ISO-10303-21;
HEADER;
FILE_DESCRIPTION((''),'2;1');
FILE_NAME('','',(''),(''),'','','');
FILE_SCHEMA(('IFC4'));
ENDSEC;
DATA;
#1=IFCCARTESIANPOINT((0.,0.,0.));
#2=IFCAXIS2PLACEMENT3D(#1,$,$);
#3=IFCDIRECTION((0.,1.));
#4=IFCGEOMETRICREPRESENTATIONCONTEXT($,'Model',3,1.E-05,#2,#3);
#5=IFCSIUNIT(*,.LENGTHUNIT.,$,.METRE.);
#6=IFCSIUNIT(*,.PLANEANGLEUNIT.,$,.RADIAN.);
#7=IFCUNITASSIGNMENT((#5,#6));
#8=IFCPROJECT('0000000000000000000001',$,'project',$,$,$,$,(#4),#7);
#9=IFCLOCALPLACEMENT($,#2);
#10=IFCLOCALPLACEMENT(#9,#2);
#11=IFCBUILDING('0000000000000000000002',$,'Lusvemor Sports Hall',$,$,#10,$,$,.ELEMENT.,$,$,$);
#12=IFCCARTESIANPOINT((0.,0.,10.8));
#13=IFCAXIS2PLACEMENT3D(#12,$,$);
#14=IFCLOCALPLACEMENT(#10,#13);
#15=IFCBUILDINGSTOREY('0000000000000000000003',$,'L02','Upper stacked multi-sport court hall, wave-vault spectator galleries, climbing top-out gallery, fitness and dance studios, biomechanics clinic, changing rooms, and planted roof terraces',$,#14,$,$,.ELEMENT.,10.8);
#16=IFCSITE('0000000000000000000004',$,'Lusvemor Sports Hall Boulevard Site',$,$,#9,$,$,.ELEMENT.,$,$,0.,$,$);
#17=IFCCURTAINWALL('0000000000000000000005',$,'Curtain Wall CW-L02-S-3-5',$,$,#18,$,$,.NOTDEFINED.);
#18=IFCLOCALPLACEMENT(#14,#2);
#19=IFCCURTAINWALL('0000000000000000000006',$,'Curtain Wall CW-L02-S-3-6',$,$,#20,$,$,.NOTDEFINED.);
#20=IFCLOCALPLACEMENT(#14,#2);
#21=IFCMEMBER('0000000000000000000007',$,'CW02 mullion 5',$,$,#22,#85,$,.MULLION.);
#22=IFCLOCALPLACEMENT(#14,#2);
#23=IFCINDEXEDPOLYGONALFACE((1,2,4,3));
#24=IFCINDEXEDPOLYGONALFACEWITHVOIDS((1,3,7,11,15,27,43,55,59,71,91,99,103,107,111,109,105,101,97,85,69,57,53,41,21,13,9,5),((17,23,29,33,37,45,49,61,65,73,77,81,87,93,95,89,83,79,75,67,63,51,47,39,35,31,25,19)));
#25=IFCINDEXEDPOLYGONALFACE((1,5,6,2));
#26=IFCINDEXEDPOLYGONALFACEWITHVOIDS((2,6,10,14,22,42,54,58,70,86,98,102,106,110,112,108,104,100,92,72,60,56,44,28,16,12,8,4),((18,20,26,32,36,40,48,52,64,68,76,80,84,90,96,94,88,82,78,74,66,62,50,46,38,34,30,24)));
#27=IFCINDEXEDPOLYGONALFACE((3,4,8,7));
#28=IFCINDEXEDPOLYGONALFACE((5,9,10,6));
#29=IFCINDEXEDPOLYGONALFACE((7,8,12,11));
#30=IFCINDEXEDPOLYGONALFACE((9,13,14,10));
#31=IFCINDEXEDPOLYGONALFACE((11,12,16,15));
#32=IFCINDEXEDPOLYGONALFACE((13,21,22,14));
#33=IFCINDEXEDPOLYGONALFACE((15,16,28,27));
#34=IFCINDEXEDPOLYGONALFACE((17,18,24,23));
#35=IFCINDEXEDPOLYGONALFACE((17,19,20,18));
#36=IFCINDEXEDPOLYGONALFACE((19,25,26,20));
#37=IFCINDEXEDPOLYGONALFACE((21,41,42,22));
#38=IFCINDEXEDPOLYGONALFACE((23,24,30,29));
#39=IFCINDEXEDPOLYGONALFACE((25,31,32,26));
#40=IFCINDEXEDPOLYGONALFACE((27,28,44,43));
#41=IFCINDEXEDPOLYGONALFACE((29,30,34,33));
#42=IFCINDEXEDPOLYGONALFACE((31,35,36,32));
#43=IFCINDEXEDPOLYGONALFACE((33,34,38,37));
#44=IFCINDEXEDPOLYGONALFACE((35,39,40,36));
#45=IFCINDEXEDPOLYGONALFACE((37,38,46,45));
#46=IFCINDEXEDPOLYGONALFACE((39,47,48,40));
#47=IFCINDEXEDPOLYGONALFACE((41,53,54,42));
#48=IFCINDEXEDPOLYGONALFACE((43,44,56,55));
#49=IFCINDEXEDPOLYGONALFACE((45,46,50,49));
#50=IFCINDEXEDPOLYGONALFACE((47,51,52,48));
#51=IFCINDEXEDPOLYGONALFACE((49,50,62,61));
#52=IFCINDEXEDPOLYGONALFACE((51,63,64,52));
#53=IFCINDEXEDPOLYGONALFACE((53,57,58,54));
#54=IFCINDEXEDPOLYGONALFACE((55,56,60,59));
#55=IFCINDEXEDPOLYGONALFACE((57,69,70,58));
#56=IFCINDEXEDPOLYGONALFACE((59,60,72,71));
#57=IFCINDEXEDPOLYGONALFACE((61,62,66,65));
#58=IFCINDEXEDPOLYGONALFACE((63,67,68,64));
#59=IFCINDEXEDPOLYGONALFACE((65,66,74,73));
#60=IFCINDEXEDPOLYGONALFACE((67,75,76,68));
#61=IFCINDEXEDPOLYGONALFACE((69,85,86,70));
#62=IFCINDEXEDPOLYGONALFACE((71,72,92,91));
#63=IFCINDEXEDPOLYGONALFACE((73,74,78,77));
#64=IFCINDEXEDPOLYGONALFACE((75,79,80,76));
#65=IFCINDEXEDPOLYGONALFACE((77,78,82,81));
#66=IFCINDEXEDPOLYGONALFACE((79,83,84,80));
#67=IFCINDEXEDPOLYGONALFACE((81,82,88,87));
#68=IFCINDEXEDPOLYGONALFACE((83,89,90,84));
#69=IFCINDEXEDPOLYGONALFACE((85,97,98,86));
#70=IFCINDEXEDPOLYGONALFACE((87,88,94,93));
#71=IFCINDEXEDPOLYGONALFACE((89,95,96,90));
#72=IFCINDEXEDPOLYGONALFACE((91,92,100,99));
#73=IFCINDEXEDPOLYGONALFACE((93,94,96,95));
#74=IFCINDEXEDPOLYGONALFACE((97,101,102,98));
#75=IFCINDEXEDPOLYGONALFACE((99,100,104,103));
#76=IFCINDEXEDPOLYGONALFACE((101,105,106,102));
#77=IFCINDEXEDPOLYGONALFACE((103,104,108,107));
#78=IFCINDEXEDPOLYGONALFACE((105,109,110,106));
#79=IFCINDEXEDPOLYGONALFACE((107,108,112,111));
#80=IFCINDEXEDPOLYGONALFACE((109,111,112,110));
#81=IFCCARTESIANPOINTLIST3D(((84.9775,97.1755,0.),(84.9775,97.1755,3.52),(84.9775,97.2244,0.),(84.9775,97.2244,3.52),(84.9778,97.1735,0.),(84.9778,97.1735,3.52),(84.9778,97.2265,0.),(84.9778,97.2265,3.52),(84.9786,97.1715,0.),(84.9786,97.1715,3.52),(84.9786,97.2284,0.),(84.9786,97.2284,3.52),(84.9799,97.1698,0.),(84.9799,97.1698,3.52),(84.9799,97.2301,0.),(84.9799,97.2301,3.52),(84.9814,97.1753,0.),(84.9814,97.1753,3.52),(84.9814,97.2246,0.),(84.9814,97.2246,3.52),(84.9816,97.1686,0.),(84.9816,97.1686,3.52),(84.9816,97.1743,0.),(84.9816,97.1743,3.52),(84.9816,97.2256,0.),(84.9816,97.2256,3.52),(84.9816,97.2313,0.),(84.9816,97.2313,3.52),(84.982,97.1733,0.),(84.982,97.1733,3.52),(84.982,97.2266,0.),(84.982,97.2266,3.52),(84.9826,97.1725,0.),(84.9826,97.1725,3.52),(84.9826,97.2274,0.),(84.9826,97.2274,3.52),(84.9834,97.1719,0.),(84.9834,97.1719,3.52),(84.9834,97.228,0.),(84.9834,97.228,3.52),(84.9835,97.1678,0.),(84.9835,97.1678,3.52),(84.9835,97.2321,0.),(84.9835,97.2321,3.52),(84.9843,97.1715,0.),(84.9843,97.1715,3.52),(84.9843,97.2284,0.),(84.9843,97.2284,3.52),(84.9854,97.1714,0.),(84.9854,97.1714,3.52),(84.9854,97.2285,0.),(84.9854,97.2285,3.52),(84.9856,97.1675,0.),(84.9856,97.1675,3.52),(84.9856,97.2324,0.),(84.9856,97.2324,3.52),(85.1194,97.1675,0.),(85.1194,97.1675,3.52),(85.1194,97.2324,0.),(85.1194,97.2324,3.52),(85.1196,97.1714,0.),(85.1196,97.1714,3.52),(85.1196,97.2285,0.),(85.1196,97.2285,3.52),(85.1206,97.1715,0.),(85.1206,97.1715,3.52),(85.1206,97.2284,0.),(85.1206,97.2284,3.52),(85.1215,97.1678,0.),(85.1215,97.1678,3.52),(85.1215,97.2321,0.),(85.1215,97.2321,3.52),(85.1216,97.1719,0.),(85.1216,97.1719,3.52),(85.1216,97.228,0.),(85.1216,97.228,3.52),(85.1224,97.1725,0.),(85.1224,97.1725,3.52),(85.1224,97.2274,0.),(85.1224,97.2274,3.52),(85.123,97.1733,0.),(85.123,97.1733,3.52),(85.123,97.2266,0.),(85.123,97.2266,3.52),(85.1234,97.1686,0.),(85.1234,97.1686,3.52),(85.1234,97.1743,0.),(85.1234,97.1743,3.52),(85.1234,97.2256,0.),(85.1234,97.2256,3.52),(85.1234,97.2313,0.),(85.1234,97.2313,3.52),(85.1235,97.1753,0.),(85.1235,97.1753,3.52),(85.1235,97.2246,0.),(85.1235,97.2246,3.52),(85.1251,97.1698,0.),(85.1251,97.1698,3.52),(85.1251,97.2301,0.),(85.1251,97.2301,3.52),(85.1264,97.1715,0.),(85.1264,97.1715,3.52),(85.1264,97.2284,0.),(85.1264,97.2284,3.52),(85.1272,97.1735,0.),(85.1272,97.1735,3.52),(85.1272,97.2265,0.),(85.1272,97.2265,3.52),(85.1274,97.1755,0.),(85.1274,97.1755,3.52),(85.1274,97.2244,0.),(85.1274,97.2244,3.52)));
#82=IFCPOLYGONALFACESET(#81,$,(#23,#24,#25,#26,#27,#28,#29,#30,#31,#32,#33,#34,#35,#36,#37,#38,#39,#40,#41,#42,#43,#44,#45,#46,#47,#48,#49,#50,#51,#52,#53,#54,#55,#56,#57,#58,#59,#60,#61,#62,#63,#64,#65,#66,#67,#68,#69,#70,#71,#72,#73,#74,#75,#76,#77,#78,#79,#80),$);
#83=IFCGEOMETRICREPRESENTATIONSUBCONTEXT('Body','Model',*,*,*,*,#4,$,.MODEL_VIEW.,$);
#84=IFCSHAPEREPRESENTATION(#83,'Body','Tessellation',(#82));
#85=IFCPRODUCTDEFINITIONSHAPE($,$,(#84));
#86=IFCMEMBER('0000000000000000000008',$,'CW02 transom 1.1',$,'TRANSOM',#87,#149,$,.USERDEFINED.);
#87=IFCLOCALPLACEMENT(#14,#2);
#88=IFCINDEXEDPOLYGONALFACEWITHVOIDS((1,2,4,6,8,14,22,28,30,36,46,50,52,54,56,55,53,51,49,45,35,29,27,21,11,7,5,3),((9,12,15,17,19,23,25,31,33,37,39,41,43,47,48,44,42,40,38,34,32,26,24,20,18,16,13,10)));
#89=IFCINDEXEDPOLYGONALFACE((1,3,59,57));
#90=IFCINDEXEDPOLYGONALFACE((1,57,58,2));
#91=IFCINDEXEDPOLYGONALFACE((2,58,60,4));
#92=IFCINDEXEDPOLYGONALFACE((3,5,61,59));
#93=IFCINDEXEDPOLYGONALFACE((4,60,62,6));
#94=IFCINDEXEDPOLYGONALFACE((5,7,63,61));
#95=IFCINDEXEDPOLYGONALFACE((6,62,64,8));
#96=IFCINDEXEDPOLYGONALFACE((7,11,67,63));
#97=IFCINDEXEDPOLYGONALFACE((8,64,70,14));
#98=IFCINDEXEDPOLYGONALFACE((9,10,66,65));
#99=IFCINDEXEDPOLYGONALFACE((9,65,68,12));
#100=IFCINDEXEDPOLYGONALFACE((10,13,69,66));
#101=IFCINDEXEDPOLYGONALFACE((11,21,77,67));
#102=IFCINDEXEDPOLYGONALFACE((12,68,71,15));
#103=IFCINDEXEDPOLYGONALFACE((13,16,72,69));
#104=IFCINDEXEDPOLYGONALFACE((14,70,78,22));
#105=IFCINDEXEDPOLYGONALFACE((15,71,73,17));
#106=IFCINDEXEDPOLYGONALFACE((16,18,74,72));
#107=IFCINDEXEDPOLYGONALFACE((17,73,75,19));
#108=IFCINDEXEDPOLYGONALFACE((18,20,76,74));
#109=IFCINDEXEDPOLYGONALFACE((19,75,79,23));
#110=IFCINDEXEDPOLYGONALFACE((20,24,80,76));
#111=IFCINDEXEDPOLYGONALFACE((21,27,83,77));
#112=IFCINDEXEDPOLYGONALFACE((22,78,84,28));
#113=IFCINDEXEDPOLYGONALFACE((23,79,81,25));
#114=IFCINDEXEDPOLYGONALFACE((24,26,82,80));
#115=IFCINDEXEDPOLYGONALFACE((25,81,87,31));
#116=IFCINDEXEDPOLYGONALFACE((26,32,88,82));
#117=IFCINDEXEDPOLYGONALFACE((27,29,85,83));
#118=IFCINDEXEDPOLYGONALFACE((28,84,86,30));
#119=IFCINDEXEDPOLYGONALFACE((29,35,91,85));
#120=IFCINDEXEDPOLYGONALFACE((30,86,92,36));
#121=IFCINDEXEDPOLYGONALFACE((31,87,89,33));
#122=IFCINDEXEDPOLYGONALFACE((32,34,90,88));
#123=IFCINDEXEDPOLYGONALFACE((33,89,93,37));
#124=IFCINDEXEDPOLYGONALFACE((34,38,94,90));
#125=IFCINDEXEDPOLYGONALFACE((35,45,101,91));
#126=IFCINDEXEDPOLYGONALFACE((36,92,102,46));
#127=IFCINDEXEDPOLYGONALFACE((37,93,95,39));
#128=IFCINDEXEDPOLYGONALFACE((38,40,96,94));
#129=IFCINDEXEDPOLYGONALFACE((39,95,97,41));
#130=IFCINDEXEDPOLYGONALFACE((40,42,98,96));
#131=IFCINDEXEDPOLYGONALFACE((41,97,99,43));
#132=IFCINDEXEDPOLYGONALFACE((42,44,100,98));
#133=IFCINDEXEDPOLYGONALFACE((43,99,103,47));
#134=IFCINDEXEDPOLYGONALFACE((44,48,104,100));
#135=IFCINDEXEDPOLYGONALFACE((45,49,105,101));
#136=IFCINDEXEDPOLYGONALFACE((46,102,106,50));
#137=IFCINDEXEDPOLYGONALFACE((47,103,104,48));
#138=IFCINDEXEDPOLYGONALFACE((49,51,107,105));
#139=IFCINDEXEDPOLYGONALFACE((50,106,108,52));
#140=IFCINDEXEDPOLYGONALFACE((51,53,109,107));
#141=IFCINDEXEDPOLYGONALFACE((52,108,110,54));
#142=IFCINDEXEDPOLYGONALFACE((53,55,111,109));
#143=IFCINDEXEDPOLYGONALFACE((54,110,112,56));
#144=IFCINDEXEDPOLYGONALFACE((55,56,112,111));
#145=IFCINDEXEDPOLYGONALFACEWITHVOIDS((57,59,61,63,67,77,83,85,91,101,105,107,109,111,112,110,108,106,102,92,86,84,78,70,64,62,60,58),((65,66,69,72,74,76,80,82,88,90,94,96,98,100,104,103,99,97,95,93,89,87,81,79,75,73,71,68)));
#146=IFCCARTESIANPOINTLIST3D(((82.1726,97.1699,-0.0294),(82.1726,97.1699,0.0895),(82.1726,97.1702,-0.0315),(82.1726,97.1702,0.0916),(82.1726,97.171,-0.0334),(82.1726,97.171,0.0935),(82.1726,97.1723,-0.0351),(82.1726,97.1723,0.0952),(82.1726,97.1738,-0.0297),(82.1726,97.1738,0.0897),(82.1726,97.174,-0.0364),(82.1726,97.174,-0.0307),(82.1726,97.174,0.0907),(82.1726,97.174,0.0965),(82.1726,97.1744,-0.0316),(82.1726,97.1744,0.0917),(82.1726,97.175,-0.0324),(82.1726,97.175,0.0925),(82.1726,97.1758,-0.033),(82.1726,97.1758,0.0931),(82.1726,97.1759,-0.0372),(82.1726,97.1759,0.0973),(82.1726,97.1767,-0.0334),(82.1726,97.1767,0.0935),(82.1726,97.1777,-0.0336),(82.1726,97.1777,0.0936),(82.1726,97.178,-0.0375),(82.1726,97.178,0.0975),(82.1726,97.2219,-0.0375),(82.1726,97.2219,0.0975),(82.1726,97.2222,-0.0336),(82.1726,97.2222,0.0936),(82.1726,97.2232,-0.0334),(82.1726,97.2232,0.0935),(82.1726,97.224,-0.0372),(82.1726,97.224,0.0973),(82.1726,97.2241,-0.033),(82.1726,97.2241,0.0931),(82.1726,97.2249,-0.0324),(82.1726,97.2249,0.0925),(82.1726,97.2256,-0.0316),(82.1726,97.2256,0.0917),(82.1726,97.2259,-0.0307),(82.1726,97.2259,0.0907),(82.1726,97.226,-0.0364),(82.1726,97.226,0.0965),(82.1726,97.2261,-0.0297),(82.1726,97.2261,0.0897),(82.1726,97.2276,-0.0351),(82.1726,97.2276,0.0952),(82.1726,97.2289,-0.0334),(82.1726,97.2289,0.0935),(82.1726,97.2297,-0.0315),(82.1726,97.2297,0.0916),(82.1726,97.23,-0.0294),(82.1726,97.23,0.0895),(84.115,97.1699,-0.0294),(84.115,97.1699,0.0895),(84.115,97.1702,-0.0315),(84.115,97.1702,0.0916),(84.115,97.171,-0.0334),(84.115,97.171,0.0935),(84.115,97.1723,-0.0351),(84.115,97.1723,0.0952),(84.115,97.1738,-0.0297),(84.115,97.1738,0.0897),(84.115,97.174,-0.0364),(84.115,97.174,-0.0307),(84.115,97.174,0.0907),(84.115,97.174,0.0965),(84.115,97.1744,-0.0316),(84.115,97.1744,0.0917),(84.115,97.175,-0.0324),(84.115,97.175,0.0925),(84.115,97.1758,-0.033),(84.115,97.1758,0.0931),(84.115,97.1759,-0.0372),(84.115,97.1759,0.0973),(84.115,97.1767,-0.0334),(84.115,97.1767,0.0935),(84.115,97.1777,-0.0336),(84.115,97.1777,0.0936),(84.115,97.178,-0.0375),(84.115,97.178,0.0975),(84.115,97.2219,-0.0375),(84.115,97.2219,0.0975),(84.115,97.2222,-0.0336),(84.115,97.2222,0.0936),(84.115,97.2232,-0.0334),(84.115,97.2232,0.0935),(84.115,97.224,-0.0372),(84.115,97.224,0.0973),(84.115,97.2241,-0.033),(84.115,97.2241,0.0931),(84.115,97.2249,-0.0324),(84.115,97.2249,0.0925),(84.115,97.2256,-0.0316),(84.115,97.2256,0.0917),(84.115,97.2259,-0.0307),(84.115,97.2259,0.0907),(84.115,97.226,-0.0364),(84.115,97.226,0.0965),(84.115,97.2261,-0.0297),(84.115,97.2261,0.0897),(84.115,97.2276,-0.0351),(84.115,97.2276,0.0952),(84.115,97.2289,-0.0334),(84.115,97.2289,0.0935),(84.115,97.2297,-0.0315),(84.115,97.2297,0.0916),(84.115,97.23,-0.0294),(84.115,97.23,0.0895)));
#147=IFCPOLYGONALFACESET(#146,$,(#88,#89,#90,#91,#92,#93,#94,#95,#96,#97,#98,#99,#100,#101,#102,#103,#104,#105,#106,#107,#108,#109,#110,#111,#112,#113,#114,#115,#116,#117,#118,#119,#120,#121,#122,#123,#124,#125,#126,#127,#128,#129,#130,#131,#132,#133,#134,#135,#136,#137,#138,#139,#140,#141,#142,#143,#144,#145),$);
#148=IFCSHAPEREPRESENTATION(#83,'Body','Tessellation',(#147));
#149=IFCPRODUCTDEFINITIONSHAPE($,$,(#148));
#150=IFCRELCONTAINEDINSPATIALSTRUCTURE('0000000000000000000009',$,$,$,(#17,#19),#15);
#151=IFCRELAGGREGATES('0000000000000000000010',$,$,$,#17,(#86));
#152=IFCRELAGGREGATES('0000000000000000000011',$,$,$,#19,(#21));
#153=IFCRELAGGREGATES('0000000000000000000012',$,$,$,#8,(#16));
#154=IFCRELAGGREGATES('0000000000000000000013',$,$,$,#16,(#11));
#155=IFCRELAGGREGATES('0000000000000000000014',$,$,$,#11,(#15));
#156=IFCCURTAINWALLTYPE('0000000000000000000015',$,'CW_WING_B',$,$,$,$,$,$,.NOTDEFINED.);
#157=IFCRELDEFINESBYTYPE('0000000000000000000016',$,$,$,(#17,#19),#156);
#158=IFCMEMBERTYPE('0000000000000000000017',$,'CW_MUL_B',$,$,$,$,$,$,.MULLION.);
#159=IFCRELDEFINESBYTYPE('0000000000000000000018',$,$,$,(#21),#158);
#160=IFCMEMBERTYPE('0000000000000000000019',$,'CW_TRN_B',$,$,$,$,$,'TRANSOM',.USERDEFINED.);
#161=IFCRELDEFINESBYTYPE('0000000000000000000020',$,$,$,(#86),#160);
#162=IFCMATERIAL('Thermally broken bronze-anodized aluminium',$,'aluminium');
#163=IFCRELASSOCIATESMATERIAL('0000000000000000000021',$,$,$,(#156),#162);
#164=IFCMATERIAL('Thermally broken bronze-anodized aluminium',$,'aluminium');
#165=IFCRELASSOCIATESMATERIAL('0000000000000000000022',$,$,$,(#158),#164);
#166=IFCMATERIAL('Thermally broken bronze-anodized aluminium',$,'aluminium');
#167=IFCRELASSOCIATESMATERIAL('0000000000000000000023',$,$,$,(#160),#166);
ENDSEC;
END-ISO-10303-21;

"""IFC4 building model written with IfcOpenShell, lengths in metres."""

from ifc_helpers import new_model, si_unit, direction, frame, origin, origin_2d, place, context, subcontext, project, spatial, hollow_rectangle, extrude, material, material_profile, profile_set, type_object, element, aggregate, save


model = new_model("IFC4")

# Units and contexts
model_context = context("Model", 3, precision=1e-05, world=origin(), true_north=direction((0.0, 1.0)))
body_context = subcontext(model_context, "Body", "Model", "MODEL_VIEW")
ifc_project = project(units=[si_unit("LENGTHUNIT", "METRE"), si_unit("PLANEANGLEUNIT", "RADIAN")], contexts=[model_context])

# Site, building, storey
site_placement = place(None, origin())
site = spatial("IfcSite", under=ifc_project, at=site_placement, Name="Lusvemor Sports Hall Boulevard Site", CompositionType="ELEMENT", RefElevation=0.0)
building_placement = place(site_placement, origin())
building = spatial("IfcBuilding", under=site, at=building_placement, Name="Lusvemor Sports Hall", CompositionType="ELEMENT")
storey_placement = place(building_placement, frame((0.0, 0.0, 10.8)))
storey = spatial("IfcBuildingStorey", under=building, at=storey_placement, Name="L02", Description="Upper stacked multi-sport court hall, wave-vault spectator galleries, climbing top-out gallery, fitness and dance studios, biomechanics clinic, changing rooms, and planted roof terraces", CompositionType="ELEMENT", Elevation=10.8)

# Curtain walls, member
ifc_material_1 = material(Name="Thermally broken bronze-anodized aluminium", Category="aluminium")
curtain_wall_type = type_object("IfcCurtainWallType", Name="CW_WING_B", PredefinedType="NOTDEFINED", material=ifc_material_1)
curtain_wall_1_placement = place(storey_placement, origin())
curtain_wall_1 = element("IfcCurtainWall", 1, at=curtain_wall_1_placement, inside=storey, type_object=curtain_wall_type, Name="Curtain Wall CW-L02-S-3-5", PredefinedType="NOTDEFINED")
ifc_material_2 = material(Name="Thermally broken bronze-anodized aluminium", Category="aluminium")
ifc_material_profile_1 = material_profile(ifc_material_2, hollow_rectangle(XDim=0.0649, YDim=0.1499, WallThickness=0.0039, InnerFilletRadius=0.0039, OuterFilletRadius=0.0081, at=origin_2d()), Name="CWMUL150x65x4")
ifc_profile_set_1 = profile_set([ifc_material_profile_1], Name="Thermally broken bronze-anodized aluminium")
member_type_1 = type_object("IfcMemberType", Name="CW_MUL_B", PredefinedType="MULLION", material=ifc_profile_set_1)
curtain_wall_2_placement = place(storey_placement, origin())
curtain_wall_2 = element("IfcCurtainWall", 2, at=curtain_wall_2_placement, inside=storey, type_object=curtain_wall_type, Name="Curtain Wall CW-L02-S-3-6", PredefinedType="NOTDEFINED")
member_1_placement = place(storey_placement, frame((85.0525, 97.2, 0.0), z_axis=(0.0, 0.0, 1.0), x_axis=(0.0, -1.0, 0.0)))
member_1 = element("IfcMember", 3, at=member_1_placement, type_object=member_type_1, Name="CW02 mullion 5", PredefinedType="MULLION", context=body_context, shape_type="SweptSolid", body=[
    extrude(hollow_rectangle(XDim=0.0649, YDim=0.1499, WallThickness=0.0039, InnerFilletRadius=0.0039, OuterFilletRadius=0.0081, at=origin_2d()), origin(), (0.0, 0.0, 1.0), 3.52),
])

# Member
ifc_material_3 = material(Name="Thermally broken bronze-anodized aluminium", Category="aluminium")
ifc_material_profile_2 = material_profile(ifc_material_3, hollow_rectangle(XDim=0.0601, YDim=0.135, WallThickness=0.0039, InnerFilletRadius=0.0039, OuterFilletRadius=0.0081, at=origin_2d()), Name="CWTRN135x60x4")
ifc_profile_set_2 = profile_set([ifc_material_profile_2], Name="Thermally broken bronze-anodized aluminium")
member_type_2 = type_object("IfcMemberType", Name="CW_TRN_B", ElementType="TRANSOM", PredefinedType="USERDEFINED", material=ifc_profile_set_2)
member_2_placement = place(storey_placement, frame((84.115, 97.2, 0.03), z_axis=(-1.0, 0.0, 0.0), x_axis=(0.0, -1.0, 0.0)))
member_2 = element("IfcMember", 4, at=member_2_placement, type_object=member_type_2, Name="CW02 transom 1.1", ObjectType="TRANSOM", PredefinedType="USERDEFINED", context=body_context, shape_type="SweptSolid", body=[
    extrude(hollow_rectangle(XDim=0.0601, YDim=0.135, WallThickness=0.0039, InnerFilletRadius=0.0039, OuterFilletRadius=0.0081, at=origin_2d()), origin(), (0.0, 0.0, 1.0), 1.9424),
])

aggregate(curtain_wall_1, [member_2])
aggregate(curtain_wall_2, [member_1])

save(model, "model.ifc")
